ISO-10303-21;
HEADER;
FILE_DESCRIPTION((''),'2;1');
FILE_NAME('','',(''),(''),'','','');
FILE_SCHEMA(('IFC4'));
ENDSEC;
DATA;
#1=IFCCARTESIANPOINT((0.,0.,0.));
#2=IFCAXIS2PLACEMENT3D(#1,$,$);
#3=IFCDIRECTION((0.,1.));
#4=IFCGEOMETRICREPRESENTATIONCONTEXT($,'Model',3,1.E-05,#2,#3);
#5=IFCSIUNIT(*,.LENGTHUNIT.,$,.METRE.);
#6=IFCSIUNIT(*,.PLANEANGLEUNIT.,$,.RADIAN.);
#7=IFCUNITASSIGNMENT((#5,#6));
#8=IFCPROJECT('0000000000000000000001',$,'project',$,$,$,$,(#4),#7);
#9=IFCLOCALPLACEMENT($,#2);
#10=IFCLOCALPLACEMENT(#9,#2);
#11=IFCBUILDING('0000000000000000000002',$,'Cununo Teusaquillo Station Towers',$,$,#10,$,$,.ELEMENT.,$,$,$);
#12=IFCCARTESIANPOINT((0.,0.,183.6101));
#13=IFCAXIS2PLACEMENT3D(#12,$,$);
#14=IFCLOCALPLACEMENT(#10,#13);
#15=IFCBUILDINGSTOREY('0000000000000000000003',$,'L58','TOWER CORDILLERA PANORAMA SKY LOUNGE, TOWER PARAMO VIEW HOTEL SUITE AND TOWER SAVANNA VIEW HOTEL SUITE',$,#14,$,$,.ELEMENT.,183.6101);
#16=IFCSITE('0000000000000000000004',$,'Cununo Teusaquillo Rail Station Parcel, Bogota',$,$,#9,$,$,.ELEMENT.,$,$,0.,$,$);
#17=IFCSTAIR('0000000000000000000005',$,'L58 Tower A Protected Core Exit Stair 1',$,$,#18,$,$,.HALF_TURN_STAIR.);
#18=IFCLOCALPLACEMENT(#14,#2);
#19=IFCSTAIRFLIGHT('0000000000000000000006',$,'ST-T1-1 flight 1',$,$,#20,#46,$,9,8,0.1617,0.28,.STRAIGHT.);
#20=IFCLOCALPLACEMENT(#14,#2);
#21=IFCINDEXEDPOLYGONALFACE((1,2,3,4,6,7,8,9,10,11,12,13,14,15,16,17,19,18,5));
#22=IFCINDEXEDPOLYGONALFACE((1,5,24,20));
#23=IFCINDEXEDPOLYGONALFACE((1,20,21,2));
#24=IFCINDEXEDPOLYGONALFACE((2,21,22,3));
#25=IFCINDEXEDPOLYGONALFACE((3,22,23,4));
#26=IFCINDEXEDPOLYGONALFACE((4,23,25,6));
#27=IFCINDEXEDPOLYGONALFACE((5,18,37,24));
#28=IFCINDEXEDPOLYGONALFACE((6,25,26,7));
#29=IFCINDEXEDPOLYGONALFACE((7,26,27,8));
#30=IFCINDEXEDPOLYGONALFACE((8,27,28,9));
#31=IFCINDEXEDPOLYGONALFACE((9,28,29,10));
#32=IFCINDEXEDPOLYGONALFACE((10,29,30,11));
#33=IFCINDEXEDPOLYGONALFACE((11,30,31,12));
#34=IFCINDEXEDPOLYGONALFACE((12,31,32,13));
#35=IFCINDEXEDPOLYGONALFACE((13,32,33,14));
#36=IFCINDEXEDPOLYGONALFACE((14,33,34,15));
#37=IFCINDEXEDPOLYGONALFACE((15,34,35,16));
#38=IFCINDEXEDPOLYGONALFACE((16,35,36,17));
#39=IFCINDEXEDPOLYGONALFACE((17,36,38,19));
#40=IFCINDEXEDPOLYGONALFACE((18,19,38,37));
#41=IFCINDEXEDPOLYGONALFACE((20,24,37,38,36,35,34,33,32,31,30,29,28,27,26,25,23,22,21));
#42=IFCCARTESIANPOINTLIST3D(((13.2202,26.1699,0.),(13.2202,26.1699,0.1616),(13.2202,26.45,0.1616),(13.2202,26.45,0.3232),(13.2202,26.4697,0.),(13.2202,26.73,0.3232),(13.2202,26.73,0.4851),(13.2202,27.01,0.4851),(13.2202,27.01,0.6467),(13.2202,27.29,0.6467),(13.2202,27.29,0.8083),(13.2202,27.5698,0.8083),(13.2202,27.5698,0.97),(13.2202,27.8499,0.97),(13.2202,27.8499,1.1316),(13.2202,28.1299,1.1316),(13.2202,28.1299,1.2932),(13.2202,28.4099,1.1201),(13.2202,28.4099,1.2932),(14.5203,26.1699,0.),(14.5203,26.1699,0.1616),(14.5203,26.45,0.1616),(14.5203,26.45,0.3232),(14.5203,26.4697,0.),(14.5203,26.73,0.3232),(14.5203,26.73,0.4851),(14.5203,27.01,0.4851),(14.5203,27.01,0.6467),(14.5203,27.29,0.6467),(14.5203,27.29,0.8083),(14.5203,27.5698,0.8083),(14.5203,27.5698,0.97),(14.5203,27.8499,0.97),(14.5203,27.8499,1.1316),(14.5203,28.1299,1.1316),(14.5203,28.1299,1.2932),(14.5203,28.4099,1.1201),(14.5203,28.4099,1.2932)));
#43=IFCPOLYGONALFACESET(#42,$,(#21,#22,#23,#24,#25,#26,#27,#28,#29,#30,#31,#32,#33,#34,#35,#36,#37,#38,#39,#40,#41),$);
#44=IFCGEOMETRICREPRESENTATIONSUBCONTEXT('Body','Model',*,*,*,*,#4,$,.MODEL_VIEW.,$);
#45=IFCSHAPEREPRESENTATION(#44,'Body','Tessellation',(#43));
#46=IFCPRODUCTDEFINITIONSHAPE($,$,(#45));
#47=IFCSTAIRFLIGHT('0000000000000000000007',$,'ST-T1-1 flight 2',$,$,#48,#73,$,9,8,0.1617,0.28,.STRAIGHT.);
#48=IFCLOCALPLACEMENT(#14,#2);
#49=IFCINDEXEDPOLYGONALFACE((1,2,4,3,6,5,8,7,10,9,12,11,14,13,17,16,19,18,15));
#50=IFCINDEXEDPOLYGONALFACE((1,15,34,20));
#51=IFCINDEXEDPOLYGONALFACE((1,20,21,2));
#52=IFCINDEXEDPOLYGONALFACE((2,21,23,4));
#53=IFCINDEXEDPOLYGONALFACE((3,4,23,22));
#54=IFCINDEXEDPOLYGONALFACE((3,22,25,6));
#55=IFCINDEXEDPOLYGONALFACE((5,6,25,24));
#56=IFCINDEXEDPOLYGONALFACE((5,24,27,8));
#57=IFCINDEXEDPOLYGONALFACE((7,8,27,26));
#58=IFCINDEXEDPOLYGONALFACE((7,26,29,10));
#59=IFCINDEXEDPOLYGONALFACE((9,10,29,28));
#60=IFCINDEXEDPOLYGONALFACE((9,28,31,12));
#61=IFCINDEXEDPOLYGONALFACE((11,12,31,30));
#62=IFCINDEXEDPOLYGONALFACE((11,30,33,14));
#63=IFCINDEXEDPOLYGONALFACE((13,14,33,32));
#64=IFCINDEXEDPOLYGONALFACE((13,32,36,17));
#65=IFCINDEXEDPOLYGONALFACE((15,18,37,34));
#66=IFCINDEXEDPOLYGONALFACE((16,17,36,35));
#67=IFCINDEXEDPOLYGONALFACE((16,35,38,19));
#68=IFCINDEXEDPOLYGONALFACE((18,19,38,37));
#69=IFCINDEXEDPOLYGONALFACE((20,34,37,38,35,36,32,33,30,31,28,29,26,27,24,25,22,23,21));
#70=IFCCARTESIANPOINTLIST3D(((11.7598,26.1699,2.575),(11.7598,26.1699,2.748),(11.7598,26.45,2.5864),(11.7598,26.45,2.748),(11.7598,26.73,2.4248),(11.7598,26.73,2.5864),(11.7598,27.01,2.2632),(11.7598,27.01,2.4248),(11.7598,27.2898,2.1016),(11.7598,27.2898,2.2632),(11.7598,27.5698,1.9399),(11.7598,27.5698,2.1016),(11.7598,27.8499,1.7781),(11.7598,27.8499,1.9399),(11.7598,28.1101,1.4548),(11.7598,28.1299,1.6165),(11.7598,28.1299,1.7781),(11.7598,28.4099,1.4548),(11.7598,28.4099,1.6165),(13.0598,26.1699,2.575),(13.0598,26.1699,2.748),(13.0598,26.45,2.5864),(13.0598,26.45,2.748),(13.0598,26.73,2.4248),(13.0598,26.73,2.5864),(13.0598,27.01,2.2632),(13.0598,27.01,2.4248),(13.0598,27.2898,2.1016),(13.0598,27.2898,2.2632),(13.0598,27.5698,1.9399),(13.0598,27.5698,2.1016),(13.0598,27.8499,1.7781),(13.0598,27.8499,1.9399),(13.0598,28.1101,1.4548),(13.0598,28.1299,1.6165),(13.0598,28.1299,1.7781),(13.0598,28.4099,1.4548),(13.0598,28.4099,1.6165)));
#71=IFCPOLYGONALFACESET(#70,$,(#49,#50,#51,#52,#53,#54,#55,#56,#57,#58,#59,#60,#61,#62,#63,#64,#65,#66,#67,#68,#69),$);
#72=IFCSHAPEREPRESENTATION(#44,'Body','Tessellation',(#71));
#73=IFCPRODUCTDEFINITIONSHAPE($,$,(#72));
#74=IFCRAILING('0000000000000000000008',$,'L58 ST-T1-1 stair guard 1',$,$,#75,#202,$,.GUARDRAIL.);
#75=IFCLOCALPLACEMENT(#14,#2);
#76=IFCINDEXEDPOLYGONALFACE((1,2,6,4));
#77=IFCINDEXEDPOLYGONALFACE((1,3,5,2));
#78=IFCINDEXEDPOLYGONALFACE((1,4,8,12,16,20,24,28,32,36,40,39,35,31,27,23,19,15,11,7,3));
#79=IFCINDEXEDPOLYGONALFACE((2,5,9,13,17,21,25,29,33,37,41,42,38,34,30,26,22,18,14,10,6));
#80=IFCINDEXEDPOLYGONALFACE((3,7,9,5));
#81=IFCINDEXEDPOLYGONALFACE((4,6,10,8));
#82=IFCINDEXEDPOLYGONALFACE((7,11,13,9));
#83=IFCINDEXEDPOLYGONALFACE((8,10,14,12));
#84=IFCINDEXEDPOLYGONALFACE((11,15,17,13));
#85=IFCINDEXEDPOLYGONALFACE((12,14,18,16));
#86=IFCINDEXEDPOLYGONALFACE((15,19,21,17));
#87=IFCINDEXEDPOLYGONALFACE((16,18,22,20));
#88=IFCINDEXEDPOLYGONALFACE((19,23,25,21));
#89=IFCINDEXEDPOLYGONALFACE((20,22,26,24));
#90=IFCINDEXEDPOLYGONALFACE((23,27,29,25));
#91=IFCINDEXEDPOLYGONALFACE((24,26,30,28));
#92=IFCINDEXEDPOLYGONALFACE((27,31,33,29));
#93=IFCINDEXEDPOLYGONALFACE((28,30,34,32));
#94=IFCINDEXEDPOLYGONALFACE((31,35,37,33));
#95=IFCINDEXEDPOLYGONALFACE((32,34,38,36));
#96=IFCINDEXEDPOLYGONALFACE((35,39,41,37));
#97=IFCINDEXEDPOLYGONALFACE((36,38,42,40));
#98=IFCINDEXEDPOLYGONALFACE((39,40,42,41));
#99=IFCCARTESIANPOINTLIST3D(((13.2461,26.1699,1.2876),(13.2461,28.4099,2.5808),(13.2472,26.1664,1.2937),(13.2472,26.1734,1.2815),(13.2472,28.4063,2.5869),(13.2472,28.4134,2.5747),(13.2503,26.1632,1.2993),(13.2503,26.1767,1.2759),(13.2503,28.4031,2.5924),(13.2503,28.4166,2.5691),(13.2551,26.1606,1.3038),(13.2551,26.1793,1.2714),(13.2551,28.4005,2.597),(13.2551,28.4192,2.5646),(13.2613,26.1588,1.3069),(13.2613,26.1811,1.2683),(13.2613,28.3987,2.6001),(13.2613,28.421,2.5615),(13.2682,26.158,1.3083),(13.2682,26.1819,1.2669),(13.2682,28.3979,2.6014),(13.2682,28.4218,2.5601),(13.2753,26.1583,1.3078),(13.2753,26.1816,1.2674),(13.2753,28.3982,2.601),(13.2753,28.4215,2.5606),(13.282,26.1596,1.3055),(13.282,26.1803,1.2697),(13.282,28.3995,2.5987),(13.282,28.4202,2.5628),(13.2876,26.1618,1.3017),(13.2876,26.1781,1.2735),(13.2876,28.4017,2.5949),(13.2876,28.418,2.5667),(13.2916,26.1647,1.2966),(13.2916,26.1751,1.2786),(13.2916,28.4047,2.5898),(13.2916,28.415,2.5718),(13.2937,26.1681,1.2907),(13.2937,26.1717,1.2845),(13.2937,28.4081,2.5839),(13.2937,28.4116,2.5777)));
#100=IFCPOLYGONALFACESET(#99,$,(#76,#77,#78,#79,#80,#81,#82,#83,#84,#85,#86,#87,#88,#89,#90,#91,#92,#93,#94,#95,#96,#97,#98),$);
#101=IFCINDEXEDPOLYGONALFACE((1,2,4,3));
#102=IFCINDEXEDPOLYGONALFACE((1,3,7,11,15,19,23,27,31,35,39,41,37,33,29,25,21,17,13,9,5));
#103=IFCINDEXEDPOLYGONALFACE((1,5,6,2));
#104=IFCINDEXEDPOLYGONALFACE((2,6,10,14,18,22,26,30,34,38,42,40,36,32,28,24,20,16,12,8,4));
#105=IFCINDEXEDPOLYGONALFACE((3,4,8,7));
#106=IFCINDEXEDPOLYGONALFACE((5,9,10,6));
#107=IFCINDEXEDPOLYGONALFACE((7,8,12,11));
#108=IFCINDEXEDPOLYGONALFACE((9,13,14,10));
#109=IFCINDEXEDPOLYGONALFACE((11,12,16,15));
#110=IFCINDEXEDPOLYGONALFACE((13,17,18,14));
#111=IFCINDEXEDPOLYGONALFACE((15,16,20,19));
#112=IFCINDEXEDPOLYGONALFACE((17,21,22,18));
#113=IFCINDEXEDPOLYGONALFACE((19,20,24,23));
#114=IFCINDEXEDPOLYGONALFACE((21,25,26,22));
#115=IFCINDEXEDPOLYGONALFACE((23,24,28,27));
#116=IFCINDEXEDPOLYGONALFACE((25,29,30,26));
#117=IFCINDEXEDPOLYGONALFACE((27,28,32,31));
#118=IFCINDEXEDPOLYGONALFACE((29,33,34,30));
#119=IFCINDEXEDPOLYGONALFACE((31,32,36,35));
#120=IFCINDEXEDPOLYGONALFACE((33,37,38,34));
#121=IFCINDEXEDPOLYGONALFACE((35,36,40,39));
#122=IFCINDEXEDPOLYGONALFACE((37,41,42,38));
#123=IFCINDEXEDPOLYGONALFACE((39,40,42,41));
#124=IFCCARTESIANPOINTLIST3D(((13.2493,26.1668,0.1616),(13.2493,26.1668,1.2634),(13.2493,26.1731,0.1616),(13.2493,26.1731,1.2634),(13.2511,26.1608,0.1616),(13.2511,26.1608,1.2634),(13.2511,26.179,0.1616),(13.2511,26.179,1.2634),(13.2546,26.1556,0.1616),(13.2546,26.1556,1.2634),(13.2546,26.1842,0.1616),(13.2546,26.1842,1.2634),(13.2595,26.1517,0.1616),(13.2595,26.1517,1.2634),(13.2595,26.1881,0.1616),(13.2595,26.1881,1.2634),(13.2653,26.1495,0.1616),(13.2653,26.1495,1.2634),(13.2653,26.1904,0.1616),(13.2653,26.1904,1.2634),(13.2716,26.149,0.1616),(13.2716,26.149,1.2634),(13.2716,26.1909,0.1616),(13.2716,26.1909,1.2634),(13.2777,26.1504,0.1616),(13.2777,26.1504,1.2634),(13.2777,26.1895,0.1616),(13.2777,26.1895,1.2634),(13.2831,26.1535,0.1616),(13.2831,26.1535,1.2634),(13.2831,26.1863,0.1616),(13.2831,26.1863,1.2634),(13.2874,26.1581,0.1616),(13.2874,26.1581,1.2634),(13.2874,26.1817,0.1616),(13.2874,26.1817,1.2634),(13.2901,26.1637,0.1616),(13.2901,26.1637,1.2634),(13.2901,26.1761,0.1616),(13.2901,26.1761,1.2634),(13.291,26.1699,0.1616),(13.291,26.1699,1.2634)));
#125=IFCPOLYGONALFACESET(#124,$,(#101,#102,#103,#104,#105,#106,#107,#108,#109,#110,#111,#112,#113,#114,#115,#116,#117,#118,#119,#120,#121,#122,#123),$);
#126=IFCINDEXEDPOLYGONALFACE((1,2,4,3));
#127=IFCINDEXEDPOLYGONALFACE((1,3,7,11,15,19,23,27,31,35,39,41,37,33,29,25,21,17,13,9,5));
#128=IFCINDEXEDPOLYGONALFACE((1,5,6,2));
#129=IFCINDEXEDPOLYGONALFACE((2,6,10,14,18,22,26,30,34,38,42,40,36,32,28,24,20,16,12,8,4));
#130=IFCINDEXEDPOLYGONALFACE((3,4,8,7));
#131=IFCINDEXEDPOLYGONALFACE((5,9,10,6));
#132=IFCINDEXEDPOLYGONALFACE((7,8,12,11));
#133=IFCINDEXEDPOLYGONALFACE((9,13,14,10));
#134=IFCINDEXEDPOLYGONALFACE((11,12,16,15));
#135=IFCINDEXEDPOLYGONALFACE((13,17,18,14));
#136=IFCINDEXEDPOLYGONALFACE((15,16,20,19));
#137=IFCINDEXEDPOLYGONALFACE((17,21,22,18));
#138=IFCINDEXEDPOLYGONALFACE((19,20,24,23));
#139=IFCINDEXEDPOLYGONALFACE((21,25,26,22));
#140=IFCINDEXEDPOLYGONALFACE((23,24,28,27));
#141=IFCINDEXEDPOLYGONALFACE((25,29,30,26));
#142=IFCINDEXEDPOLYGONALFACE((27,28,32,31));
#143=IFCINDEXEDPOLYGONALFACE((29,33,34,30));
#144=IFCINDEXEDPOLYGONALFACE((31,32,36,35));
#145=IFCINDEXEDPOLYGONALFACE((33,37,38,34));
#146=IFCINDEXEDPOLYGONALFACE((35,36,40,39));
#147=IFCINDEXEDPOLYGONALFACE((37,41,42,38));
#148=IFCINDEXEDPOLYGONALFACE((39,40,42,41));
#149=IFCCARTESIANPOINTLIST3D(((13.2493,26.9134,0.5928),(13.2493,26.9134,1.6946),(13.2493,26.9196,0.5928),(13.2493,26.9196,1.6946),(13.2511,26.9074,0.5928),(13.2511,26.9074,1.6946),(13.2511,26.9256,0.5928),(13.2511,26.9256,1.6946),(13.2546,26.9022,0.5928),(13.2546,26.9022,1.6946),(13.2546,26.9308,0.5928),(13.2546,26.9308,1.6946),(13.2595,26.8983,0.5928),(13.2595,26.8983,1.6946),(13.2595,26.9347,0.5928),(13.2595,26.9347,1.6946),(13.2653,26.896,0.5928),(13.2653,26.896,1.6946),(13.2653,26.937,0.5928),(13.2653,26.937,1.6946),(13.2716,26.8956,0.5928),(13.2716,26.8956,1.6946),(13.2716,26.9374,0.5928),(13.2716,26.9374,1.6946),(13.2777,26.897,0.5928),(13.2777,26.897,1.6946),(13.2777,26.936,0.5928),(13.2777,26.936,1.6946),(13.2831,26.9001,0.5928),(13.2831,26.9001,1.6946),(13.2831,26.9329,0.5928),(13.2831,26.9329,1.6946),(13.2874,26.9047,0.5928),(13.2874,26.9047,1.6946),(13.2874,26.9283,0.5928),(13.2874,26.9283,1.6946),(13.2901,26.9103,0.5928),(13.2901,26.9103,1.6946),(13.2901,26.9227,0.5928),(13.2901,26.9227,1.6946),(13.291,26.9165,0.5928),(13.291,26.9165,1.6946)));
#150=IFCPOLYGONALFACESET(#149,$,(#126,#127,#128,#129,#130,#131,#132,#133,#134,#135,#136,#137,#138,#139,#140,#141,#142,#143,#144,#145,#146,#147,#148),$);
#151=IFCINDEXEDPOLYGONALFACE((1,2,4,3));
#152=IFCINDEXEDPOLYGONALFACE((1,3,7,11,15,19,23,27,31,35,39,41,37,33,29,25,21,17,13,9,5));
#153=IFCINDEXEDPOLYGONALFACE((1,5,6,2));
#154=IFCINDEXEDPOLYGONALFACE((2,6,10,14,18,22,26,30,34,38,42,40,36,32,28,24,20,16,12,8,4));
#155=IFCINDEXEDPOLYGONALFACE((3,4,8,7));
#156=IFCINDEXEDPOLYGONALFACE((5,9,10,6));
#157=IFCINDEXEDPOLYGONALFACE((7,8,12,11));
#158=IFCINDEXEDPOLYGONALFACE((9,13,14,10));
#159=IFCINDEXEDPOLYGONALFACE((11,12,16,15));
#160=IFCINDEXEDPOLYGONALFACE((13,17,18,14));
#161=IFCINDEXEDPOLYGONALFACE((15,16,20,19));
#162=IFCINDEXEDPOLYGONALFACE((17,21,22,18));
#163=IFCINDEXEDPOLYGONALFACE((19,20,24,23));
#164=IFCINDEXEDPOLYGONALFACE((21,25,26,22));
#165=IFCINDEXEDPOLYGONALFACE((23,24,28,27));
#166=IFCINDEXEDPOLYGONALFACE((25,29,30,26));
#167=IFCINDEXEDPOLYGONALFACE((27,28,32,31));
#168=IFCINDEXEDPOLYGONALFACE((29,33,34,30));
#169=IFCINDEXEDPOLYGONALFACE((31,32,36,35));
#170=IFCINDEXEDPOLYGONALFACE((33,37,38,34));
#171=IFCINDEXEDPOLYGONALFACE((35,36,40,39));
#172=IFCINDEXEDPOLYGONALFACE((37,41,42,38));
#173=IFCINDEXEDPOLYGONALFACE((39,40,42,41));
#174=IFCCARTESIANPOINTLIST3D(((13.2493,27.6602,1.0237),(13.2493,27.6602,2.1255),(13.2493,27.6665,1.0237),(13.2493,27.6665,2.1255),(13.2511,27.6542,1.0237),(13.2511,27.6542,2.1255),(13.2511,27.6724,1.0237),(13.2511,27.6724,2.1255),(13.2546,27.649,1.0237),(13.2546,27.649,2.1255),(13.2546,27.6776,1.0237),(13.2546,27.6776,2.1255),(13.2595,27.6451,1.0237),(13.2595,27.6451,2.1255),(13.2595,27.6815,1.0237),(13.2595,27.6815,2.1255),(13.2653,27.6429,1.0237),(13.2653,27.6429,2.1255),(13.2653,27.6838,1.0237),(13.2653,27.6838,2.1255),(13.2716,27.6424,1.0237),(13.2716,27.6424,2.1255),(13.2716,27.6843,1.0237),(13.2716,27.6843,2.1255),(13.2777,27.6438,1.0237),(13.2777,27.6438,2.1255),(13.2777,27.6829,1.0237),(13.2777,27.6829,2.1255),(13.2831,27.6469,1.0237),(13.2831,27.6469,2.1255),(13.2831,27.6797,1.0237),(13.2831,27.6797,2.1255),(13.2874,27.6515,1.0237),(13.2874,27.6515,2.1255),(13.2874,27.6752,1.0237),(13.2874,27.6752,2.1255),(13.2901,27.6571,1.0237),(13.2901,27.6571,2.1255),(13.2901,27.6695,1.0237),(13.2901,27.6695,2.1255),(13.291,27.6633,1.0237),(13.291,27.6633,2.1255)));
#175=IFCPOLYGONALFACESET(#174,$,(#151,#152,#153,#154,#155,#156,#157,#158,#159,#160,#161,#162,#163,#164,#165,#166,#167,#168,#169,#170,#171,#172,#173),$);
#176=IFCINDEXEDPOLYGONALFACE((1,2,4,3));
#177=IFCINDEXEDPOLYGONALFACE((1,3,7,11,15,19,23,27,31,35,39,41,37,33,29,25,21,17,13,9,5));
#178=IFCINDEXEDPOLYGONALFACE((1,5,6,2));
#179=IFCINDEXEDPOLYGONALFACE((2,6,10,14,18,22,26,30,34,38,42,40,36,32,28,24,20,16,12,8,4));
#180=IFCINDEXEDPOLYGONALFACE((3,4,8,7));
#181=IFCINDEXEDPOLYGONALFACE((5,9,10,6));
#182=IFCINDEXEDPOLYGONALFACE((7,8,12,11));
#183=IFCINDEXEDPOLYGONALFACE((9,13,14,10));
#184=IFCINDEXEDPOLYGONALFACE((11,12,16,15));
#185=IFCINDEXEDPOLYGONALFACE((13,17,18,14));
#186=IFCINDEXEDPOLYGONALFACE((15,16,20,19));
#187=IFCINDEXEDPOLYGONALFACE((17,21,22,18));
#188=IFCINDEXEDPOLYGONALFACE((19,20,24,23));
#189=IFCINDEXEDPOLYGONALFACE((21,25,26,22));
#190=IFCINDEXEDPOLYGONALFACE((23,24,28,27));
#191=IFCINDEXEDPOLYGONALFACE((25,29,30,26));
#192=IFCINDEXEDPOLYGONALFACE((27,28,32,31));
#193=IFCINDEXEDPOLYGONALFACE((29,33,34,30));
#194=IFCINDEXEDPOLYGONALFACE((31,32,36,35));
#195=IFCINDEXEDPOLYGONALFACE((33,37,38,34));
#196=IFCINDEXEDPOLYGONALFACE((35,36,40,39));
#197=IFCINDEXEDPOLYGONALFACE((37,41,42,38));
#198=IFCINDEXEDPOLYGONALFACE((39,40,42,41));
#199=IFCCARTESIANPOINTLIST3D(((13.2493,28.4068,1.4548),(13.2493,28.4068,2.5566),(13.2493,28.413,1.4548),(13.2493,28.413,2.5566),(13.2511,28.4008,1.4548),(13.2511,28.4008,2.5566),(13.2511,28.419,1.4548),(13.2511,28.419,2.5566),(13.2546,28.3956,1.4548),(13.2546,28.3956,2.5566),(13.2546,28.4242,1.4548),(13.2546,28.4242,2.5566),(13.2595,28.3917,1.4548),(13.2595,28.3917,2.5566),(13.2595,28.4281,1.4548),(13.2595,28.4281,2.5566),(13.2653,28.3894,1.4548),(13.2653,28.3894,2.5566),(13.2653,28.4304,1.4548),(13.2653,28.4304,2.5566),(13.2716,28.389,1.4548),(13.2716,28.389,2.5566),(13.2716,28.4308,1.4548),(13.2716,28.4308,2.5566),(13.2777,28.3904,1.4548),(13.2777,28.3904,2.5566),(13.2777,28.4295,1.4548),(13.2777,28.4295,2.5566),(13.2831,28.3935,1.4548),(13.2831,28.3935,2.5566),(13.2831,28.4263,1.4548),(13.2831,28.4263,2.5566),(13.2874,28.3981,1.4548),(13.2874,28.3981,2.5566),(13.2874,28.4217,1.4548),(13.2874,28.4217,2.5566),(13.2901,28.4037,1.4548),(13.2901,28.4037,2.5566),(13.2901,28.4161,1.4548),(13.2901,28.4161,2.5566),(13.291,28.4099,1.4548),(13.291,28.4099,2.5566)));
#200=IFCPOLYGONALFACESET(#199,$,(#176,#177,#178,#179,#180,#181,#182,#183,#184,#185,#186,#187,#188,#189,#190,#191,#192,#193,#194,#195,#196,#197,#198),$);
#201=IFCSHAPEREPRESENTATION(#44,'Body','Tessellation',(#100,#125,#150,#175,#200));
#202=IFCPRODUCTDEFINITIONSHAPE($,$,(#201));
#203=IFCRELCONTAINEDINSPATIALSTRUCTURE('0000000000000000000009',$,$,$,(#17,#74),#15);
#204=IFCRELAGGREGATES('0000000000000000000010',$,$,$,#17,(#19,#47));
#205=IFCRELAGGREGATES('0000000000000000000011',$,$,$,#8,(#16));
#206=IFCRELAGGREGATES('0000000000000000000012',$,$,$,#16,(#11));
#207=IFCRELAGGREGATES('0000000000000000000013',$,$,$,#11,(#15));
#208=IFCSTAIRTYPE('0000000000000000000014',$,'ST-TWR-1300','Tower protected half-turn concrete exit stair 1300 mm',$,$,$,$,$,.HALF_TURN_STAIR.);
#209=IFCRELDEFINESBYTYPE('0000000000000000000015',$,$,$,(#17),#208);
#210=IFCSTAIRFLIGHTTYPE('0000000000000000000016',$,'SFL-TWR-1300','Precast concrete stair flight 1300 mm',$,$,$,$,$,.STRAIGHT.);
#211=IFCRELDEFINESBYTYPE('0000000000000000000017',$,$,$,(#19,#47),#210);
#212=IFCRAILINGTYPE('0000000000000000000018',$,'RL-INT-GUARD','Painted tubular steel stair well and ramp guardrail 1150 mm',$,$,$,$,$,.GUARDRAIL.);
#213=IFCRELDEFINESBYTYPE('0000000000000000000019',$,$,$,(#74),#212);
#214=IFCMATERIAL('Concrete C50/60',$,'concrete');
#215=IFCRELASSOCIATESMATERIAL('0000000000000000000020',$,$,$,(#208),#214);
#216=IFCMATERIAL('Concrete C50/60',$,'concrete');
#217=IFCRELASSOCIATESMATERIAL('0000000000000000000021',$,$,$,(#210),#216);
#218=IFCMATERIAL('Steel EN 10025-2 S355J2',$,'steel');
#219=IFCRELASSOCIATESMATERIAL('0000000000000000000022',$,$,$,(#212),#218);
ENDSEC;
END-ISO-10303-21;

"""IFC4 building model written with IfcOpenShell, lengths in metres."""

from ifc_helpers import new_model, si_unit, direction, frame, origin, origin_2d, place, context, subcontext, project, spatial, polyline, circle, outline, extrude, material, type_object, element, aggregate, save


model = new_model("IFC4")

# Units and contexts
model_context = context("Model", 3, precision=1e-05, world=origin(), true_north=direction((0.0, 1.0)))
body_context = subcontext(model_context, "Body", "Model", "MODEL_VIEW")
ifc_project = project(units=[si_unit("LENGTHUNIT", "METRE"), si_unit("PLANEANGLEUNIT", "RADIAN")], contexts=[model_context])

# Site, building, storey
site_placement = place(None, origin())
site = spatial("IfcSite", under=ifc_project, at=site_placement, Name="Cununo Teusaquillo Rail Station Parcel, Bogota", CompositionType="ELEMENT", RefElevation=0.0)
building_placement = place(site_placement, origin())
building = spatial("IfcBuilding", under=site, at=building_placement, Name="Cununo Teusaquillo Station Towers", CompositionType="ELEMENT")
storey_placement = place(building_placement, frame((0.0, 0.0, 183.6101)))
storey = spatial("IfcBuildingStorey", under=building, at=storey_placement, Name="L58", Description="TOWER CORDILLERA PANORAMA SKY LOUNGE, TOWER PARAMO VIEW HOTEL SUITE AND TOWER SAVANNA VIEW HOTEL SUITE", CompositionType="ELEMENT", Elevation=183.6101)

# Stair, stair flights
ifc_material_1 = material(Name="Concrete C50/60", Category="concrete")
stair_type = type_object("IfcStairType", Name="ST-TWR-1300", Description="Tower protected half-turn concrete exit stair 1300 mm", PredefinedType="HALF_TURN_STAIR", material=ifc_material_1)
stair_placement = place(storey_placement, origin())
stair = element("IfcStair", 1, at=stair_placement, inside=storey, type_object=stair_type, Name="L58 Tower A Protected Core Exit Stair 1", PredefinedType="HALF_TURN_STAIR")
ifc_material_2 = material(Name="Concrete C50/60", Category="concrete")
stair_flight_type = type_object("IfcStairFlightType", Name="SFL-TWR-1300", Description="Precast concrete stair flight 1300 mm", PredefinedType="STRAIGHT", material=ifc_material_2)
stair_flight_1_placement = place(storey_placement, frame((13.8701, 26.1699, 0.0), z_axis=(0.0, 0.0, 1.0), x_axis=(0.0, 1.0, 0.0)))
stair_flight_1 = element("IfcStairFlight", 2, at=stair_flight_1_placement, type_object=stair_flight_type, Name="ST-T1-1 flight 1", NumberOfRisers=9, NumberOfTreads=8, PredefinedType="STRAIGHT", RiserHeight=0.1617, TreadLength=0.28, context=body_context, shape_type="SweptSolid", body=[
    extrude(outline(polyline([(0.0, 0.0), (0.0, 0.1616), (0.28, 0.1616), (0.28, 0.3232), (0.5601, 0.3232), (0.5601, 0.4851), (0.8401, 0.4851), (0.8401, 0.6467), (1.1201, 0.6467), (1.1201, 0.8083), (1.3999, 0.8083), (1.3999, 0.97), (1.6799, 0.97), (1.6799, 1.1316), (1.96, 1.1316), (1.96, 1.2932), (2.24, 1.2932), (2.24, 1.4551), (2.24, 1.1201), (0.2998, 0.0), (0.0, 0.0)])), frame((0.0, 0.6499, 0.0), z_axis=(0.0, -1.0, 0.0), x_axis=(1.0, 0.0, 0.0)), (0.0, 0.0, 1.0), 1.3),
])
stair_flight_2_placement = place(storey_placement, frame((12.4099, 28.4099, 1.4548), z_axis=(0.0, 0.0, 1.0), x_axis=(0.0, -1.0, 0.0)))
stair_flight_2 = element("IfcStairFlight", 3, at=stair_flight_2_placement, type_object=stair_flight_type, Name="ST-T1-1 flight 2", NumberOfRisers=9, NumberOfTreads=8, PredefinedType="STRAIGHT", RiserHeight=0.1617, TreadLength=0.28, context=body_context, shape_type="SweptSolid", body=[
    extrude(outline(polyline([(0.0, 0.0), (0.0, 0.1616), (0.28, 0.1616), (0.28, 0.3232), (0.5601, 0.3232), (0.5601, 0.4851), (0.8401, 0.4851), (0.8401, 0.6467), (1.1201, 0.6467), (1.1201, 0.8083), (1.3999, 0.8083), (1.3999, 0.97), (1.6799, 0.97), (1.6799, 1.1316), (1.96, 1.1316), (1.96, 1.2932), (2.24, 1.2932), (2.24, 1.4551), (2.24, 1.1201), (0.2998, 0.0), (0.0, 0.0)])), frame((0.0, 0.6499, 0.0), z_axis=(0.0, -1.0, 0.0), x_axis=(1.0, 0.0, 0.0)), (0.0, 0.0, 1.0), 1.3),
])
aggregate(stair, [stair_flight_1, stair_flight_2])

# Railing
ifc_material_3 = material(Name="Steel EN 10025-2 S355J2", Category="steel")
railing_type_1 = type_object("IfcRailingType", Name="RL-INT-GUARD", Description="Painted tubular steel stair well and ramp guardrail 1150 mm", PredefinedType="GUARDRAIL", material=ifc_material_3)
railing_1_placement = place(storey_placement, frame((13.27, 26.1699, 0.1616)))
element("IfcRailing", 4, at=railing_1_placement, inside=storey, type_object=railing_type_1, Name="L58 ST-T1-1 stair guard 1", PredefinedType="GUARDRAIL", context=body_context, shape_type="SweptSolid", body=[
    extrude(circle(Radius=0.0239, at=origin_2d()), frame((0.0, 0.0, 1.126), z_axis=(0.0, 0.866033, 0.499987), x_axis=(-1.0, 0.0, 0.0)), (0.0, 0.0, 1.0), 2.5864),
    extrude(circle(Radius=0.021, at=origin_2d()), origin(), (0.0, 0.0, 1.0), 1.1018),
    extrude(circle(Radius=0.021, at=origin_2d()), frame((0.0, 0.7466, 0.4312)), (0.0, 0.0, 1.0), 1.1018),
    extrude(circle(Radius=0.021, at=origin_2d()), frame((0.0, 1.4934, 0.8621)), (0.0, 0.0, 1.0), 1.1018),
    extrude(circle(Radius=0.021, at=origin_2d()), frame((0.0, 2.24, 1.2932)), (0.0, 0.0, 1.0), 1.1018),
])

save(model, "model.ifc")
